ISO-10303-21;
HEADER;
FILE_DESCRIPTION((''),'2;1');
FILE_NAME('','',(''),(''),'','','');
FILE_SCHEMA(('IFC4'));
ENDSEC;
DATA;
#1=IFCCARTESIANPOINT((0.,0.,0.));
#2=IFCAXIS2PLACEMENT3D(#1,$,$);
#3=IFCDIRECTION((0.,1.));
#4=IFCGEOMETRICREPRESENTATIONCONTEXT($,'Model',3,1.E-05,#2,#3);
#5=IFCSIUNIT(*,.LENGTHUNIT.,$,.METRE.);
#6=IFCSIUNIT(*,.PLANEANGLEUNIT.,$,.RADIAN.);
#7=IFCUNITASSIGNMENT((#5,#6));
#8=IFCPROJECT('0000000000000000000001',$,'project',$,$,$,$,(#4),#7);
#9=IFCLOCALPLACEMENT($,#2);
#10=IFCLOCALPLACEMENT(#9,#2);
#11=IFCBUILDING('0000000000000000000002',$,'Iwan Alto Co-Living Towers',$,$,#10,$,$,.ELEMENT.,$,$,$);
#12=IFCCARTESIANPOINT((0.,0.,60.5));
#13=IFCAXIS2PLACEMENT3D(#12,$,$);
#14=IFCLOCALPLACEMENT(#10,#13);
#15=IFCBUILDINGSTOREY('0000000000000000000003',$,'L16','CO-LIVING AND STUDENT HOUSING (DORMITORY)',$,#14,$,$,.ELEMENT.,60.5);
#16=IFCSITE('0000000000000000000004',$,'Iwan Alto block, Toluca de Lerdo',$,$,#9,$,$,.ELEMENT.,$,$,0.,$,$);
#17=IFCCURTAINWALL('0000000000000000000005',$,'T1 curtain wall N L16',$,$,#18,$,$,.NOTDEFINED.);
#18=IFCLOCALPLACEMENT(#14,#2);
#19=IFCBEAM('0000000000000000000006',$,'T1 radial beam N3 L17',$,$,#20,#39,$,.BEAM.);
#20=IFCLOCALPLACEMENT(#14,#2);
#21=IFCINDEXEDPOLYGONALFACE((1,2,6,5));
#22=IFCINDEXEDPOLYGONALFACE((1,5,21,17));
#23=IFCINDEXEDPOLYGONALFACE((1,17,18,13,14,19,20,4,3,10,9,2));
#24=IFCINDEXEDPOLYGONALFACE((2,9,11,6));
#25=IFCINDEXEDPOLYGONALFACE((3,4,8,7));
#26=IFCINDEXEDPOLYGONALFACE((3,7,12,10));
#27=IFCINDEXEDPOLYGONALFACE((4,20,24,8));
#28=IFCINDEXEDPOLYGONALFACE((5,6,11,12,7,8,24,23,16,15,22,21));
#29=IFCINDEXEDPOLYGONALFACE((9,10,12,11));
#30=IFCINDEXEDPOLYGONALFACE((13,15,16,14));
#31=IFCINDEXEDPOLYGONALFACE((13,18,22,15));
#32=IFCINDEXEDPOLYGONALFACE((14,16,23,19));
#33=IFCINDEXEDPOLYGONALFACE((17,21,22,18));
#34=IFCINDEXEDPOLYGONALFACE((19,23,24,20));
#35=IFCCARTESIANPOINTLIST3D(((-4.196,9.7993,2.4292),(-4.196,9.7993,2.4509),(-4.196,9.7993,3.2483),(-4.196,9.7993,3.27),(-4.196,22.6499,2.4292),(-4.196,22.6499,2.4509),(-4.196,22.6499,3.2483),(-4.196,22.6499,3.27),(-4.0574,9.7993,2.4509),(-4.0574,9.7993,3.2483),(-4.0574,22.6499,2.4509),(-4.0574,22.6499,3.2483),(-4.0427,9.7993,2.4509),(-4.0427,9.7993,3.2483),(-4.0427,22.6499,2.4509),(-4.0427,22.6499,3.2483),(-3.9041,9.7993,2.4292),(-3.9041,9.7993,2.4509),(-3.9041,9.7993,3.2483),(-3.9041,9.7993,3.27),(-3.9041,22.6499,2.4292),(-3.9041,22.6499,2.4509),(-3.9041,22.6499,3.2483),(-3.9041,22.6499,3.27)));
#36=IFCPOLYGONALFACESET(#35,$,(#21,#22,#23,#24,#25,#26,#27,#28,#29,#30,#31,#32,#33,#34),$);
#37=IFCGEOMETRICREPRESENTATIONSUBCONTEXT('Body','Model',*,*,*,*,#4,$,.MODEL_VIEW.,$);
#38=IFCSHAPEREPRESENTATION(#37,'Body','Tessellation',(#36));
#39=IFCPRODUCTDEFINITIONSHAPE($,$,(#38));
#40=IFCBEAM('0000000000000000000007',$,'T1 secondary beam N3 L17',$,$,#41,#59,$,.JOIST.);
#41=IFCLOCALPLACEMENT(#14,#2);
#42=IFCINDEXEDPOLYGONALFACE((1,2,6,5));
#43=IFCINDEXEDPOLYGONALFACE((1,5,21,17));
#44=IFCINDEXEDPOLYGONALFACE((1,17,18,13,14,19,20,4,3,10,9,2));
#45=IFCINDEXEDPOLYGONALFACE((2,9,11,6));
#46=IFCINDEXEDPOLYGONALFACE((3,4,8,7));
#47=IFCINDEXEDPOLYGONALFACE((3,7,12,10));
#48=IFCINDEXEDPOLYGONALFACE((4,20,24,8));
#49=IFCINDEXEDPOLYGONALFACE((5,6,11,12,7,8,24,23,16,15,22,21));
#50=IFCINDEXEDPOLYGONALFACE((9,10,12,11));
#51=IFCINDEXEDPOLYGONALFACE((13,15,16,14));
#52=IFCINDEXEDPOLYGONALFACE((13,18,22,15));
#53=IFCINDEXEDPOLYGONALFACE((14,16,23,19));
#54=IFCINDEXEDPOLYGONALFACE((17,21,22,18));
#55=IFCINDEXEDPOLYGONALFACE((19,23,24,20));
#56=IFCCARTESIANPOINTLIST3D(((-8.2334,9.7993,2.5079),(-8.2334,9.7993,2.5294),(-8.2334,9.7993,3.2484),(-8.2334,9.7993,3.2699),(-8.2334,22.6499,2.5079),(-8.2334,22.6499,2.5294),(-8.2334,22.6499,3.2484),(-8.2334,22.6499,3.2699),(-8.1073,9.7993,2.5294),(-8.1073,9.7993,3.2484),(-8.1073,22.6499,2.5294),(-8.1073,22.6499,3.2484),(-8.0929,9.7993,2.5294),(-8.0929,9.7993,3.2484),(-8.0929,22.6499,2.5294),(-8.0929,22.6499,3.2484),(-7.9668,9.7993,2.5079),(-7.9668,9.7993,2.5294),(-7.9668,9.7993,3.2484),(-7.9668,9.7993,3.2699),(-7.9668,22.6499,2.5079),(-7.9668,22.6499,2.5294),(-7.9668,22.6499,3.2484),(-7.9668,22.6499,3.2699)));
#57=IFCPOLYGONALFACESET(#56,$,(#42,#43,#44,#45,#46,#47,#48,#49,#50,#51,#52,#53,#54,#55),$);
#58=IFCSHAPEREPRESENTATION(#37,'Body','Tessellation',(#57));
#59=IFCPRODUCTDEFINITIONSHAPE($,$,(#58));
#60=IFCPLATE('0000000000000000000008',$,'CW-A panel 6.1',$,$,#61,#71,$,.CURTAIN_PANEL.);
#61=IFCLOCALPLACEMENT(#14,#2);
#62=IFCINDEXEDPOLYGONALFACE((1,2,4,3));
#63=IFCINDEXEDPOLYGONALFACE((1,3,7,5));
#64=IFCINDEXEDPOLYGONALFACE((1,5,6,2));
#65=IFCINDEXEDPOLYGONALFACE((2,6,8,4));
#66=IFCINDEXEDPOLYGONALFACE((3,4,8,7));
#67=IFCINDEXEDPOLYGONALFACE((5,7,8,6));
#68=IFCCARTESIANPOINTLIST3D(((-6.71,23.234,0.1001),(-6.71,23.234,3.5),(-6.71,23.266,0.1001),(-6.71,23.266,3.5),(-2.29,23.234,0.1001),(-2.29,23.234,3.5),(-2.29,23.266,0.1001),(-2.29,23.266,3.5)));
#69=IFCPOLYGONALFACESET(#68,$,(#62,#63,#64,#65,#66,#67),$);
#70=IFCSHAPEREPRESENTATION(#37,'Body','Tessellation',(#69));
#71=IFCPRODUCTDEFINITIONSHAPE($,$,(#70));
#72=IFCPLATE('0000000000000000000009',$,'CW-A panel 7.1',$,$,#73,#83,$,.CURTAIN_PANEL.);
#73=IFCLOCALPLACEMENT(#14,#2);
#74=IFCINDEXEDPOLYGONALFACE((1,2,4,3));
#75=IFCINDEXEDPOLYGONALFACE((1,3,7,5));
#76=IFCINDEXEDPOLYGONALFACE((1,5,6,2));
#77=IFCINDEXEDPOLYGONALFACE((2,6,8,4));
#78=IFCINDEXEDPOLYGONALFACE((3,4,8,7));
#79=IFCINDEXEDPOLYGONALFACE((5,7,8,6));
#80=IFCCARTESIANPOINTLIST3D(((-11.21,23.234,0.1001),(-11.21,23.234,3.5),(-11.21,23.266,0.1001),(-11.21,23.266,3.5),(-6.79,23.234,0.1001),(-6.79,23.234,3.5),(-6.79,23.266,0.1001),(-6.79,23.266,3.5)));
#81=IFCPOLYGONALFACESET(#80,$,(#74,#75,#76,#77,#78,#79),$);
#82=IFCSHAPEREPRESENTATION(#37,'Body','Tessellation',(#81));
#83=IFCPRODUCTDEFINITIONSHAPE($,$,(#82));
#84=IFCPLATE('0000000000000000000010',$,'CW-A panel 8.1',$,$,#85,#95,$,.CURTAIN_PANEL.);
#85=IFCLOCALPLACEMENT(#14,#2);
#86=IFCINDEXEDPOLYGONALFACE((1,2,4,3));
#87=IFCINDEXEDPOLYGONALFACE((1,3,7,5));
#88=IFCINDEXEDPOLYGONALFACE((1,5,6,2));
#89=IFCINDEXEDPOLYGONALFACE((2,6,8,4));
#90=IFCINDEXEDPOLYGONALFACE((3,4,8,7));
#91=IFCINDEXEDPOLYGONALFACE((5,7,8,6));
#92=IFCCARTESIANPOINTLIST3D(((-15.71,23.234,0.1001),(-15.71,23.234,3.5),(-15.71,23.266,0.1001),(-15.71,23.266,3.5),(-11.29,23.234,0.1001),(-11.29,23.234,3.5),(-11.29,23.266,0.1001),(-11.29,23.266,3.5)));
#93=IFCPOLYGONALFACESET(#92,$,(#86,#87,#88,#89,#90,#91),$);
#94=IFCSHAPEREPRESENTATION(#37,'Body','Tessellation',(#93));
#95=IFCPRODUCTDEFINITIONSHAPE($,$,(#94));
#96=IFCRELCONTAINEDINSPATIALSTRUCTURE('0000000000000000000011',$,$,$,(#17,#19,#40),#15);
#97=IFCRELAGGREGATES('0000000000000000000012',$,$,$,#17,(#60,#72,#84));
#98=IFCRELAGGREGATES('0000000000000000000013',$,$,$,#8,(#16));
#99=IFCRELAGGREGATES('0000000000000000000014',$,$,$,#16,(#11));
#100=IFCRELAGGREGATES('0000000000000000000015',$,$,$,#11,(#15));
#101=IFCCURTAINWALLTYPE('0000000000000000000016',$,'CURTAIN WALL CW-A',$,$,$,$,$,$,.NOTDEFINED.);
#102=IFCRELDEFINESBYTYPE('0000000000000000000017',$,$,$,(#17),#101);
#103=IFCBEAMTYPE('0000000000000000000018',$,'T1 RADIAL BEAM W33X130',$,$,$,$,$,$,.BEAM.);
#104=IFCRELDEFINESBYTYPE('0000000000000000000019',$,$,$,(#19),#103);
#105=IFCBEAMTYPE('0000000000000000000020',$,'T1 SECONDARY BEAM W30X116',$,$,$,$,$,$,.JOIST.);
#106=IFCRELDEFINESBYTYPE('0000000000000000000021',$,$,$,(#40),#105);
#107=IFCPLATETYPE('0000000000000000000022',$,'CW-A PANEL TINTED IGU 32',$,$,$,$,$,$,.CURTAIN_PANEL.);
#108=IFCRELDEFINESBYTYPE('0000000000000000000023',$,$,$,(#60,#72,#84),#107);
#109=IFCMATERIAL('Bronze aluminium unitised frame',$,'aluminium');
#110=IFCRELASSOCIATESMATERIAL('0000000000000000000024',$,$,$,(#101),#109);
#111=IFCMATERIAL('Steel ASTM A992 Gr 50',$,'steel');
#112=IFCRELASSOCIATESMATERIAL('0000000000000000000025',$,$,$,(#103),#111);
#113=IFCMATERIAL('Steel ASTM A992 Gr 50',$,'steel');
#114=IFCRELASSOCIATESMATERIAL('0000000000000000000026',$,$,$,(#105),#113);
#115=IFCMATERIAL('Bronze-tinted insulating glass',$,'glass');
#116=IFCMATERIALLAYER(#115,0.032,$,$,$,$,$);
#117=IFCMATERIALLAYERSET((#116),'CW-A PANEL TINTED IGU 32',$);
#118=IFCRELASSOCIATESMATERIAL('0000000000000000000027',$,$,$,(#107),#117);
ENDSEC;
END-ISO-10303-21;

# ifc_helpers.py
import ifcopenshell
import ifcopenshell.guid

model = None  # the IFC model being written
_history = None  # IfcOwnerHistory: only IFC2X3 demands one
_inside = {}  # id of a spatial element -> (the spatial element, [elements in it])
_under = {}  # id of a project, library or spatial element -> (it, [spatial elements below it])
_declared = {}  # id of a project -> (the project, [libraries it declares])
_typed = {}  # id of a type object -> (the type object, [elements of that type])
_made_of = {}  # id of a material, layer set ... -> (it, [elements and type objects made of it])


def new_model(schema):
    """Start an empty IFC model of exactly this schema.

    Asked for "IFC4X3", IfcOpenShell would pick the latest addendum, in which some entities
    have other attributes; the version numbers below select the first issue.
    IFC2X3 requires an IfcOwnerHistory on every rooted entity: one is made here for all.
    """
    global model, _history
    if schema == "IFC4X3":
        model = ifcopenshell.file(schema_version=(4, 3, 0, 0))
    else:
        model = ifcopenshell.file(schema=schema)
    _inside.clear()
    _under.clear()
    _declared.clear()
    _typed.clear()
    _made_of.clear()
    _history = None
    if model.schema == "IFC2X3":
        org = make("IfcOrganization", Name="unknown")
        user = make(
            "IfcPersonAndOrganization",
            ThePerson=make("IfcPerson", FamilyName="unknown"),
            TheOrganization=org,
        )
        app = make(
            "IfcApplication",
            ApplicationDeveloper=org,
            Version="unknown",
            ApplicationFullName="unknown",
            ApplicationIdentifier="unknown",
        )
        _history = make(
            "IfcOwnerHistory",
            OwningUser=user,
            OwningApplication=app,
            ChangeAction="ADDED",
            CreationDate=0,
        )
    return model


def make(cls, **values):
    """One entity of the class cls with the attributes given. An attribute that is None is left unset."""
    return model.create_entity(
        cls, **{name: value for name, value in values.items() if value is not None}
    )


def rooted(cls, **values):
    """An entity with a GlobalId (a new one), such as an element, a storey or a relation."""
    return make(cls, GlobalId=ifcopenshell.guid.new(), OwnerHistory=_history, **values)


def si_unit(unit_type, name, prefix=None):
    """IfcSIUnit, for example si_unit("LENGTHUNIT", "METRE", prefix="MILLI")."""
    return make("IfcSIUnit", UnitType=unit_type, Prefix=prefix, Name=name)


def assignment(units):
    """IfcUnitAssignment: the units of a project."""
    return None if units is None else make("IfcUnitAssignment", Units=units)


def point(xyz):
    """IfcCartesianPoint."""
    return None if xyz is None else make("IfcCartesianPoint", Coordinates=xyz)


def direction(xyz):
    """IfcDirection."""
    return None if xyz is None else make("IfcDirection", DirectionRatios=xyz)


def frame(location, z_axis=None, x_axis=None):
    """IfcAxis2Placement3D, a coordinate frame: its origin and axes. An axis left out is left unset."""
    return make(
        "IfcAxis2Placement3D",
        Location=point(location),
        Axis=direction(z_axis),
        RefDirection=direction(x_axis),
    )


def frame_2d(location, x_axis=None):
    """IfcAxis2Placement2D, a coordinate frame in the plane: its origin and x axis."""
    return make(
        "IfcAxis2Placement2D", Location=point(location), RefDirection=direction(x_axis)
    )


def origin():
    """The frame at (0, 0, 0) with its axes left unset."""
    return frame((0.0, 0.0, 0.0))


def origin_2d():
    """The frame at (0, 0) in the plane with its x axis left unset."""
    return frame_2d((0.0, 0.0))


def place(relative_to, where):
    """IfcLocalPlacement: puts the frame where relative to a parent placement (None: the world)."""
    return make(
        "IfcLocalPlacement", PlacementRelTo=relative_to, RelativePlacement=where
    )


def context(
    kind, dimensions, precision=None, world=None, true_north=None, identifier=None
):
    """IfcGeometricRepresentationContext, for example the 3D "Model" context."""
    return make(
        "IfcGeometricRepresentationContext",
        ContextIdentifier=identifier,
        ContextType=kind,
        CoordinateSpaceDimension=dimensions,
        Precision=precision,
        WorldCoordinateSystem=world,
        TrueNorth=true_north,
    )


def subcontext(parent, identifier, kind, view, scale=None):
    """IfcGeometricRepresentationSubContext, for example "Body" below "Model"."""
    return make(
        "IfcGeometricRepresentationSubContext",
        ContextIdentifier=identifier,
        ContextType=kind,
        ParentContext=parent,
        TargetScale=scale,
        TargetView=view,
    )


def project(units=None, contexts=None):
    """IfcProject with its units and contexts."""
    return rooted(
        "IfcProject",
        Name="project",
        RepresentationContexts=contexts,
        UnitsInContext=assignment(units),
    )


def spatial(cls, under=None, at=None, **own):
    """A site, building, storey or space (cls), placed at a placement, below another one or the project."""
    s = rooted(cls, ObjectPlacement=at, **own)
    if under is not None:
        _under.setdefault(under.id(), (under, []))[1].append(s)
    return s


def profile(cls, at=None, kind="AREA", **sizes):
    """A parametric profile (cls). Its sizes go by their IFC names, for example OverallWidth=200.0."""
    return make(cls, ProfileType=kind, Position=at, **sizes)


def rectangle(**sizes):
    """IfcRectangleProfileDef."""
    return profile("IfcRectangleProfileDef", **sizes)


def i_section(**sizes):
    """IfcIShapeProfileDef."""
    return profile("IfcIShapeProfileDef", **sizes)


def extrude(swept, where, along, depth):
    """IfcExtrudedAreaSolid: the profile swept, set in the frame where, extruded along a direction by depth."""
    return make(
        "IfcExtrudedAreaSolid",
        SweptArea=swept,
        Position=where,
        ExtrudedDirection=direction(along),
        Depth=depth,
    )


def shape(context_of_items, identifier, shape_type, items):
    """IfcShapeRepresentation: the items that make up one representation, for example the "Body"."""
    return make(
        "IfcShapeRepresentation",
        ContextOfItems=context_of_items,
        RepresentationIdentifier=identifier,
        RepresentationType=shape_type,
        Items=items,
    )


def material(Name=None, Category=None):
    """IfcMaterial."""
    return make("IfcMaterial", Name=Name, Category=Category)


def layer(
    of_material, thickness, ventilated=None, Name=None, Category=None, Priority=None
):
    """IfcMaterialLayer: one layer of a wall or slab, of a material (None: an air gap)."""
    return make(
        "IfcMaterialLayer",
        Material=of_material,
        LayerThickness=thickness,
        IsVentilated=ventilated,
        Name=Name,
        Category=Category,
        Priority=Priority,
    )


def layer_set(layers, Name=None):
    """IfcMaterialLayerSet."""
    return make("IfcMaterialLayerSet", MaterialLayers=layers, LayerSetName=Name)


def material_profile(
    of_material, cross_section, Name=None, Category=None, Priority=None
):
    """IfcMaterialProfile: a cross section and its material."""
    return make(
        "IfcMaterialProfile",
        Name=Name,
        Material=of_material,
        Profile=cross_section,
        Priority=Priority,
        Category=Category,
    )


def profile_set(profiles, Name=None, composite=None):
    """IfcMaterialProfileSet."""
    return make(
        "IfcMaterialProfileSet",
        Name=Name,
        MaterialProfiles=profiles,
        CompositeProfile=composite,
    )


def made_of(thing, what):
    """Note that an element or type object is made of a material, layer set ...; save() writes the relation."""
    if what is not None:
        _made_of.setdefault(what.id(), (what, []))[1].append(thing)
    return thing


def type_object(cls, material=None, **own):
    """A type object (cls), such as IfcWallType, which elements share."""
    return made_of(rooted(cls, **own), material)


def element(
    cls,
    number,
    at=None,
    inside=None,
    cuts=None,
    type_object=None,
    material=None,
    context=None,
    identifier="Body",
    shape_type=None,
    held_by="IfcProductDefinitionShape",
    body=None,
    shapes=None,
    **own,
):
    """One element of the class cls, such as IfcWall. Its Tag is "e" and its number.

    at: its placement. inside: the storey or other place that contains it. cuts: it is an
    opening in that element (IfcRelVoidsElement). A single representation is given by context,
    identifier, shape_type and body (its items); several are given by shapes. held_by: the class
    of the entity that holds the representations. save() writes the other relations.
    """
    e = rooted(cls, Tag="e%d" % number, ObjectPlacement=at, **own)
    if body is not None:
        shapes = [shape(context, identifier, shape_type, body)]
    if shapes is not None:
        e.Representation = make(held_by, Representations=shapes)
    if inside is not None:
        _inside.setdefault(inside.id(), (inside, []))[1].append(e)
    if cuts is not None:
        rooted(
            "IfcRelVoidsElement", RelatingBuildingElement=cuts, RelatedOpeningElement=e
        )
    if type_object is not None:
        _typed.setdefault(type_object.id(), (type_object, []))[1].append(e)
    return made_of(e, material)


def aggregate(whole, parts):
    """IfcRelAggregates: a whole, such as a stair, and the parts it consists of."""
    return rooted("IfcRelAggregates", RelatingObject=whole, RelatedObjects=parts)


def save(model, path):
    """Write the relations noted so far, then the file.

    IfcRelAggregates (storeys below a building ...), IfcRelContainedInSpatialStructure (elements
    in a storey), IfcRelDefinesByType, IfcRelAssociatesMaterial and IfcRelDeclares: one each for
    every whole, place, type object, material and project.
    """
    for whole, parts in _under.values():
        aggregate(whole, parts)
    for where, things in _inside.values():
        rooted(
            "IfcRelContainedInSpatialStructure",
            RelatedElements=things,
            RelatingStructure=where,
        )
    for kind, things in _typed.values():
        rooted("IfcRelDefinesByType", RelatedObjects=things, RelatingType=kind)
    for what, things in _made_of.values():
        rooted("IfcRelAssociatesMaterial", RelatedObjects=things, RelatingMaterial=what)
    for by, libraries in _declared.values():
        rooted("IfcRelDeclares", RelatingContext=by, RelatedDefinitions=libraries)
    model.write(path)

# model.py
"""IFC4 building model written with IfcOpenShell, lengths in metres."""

from ifc_helpers import new_model, si_unit, direction, frame, origin, origin_2d, place, context, subcontext, project, spatial, rectangle, i_section, extrude, material, layer, layer_set, material_profile, profile_set, type_object, element, aggregate, save


model = new_model("IFC4")

# Units and contexts
model_context = context("Model", 3, precision=1e-05, world=origin(), true_north=direction((0.0, 1.0)))
body_context = subcontext(model_context, "Body", "Model", "MODEL_VIEW")
ifc_project = project(units=[si_unit("LENGTHUNIT", "METRE"), si_unit("PLANEANGLEUNIT", "RADIAN")], contexts=[model_context])

# Site, building, storey
site_placement = place(None, origin())
site = spatial("IfcSite", under=ifc_project, at=site_placement, Name="Iwan Alto block, Toluca de Lerdo", CompositionType="ELEMENT", RefElevation=0.0)
building_placement = place(site_placement, origin())
building = spatial("IfcBuilding", under=site, at=building_placement, Name="Iwan Alto Co-Living Towers", CompositionType="ELEMENT")
storey_placement = place(building_placement, frame((0.0, 0.0, 60.5)))
storey = spatial("IfcBuildingStorey", under=building, at=storey_placement, Name="L16", Description="CO-LIVING AND STUDENT HOUSING (DORMITORY)", CompositionType="ELEMENT", Elevation=60.5)

# Curtain wall
ifc_material_1 = material(Name="Bronze aluminium unitised frame", Category="aluminium")
curtain_wall_type = type_object("IfcCurtainWallType", Name="CURTAIN WALL CW-A", PredefinedType="NOTDEFINED", material=ifc_material_1)
curtain_wall_placement = place(storey_placement, origin())
curtain_wall = element("IfcCurtainWall", 1, at=curtain_wall_placement, inside=storey, type_object=curtain_wall_type, Name="T1 curtain wall N L16", PredefinedType="NOTDEFINED")

# Beams
ifc_material_2 = material(Name="Steel ASTM A992 Gr 50", Category="steel")
ifc_material_profile_1 = material_profile(ifc_material_2, i_section(OverallWidth=0.292, OverallDepth=0.8408, WebThickness=0.0146, FlangeThickness=0.0217, at=origin_2d()), Name="W33X130")
ifc_profile_set_1 = profile_set([ifc_material_profile_1], Name="Steel ASTM A992 Gr 50")
beam_type_1 = type_object("IfcBeamType", Name="T1 RADIAL BEAM W33X130", PredefinedType="BEAM", material=ifc_profile_set_1)
beam_1_placement = place(storey_placement, frame((-4.05, 22.6499, 2.8496), z_axis=(0.0, -1.0, 0.0), x_axis=(1.0, 0.0, 0.0)))
element("IfcBeam", 2, at=beam_1_placement, inside=storey, type_object=beam_type_1, Name="T1 radial beam N3 L17", PredefinedType="BEAM", context=body_context, shape_type="SweptSolid", body=[
    extrude(i_section(OverallWidth=0.292, OverallDepth=0.8408, WebThickness=0.0146, FlangeThickness=0.0217, at=origin_2d()), origin(), (0.0, 0.0, 1.0), 12.8506),
])
ifc_material_3 = material(Name="Steel ASTM A992 Gr 50", Category="steel")
ifc_material_profile_2 = material_profile(ifc_material_3, i_section(OverallWidth=0.2666, OverallDepth=0.762, WebThickness=0.0144, FlangeThickness=0.0215, at=origin_2d()), Name="W30X116")
ifc_profile_set_2 = profile_set([ifc_material_profile_2], Name="Steel ASTM A992 Gr 50")
beam_type_2 = type_object("IfcBeamType", Name="T1 SECONDARY BEAM W30X116", PredefinedType="JOIST", material=ifc_profile_set_2)
beam_2_placement = place(storey_placement, frame((-8.1001, 22.6499, 2.8889), z_axis=(0.0, -1.0, 0.0), x_axis=(1.0, 0.0, 0.0)))
element("IfcBeam", 3, at=beam_2_placement, inside=storey, type_object=beam_type_2, Name="T1 secondary beam N3 L17", PredefinedType="JOIST", context=body_context, shape_type="SweptSolid", body=[
    extrude(i_section(OverallWidth=0.2666, OverallDepth=0.762, WebThickness=0.0144, FlangeThickness=0.0215, at=origin_2d()), origin(), (0.0, 0.0, 1.0), 12.8506),
])

# Plates
ifc_material_4 = material(Name="Bronze-tinted insulating glass", Category="glass")
ifc_layer_1 = layer(ifc_material_4, 0.032)
ifc_layer_set_1 = layer_set([ifc_layer_1], Name="CW-A PANEL TINTED IGU 32")
plate_type = type_object("IfcPlateType", Name="CW-A PANEL TINTED IGU 32", PredefinedType="CURTAIN_PANEL", material=ifc_layer_set_1)
plate_1_placement = place(storey_placement, frame((-4.5, 23.25, 0.1001), z_axis=(0.0, 0.0, 1.0), x_axis=(-1.0, 0.0, 0.0)))
plate_1 = element("IfcPlate", 4, at=plate_1_placement, type_object=plate_type, Name="CW-A panel 6.1", PredefinedType="CURTAIN_PANEL", context=body_context, shape_type="SweptSolid", body=[
    extrude(rectangle(XDim=4.4199, YDim=0.032, at=origin_2d()), origin(), (0.0, 0.0, 1.0), 3.3999),
])
plate_2_placement = place(storey_placement, frame((-9.0, 23.25, 0.1001), z_axis=(0.0, 0.0, 1.0), x_axis=(-1.0, 0.0, 0.0)))
plate_2 = element("IfcPlate", 5, at=plate_2_placement, type_object=plate_type, Name="CW-A panel 7.1", PredefinedType="CURTAIN_PANEL", context=body_context, shape_type="SweptSolid", body=[
    extrude(rectangle(XDim=4.4199, YDim=0.032, at=origin_2d()), origin(), (0.0, 0.0, 1.0), 3.3999),
])
plate_3_placement = place(storey_placement, frame((-13.5, 23.25, 0.1001), z_axis=(0.0, 0.0, 1.0), x_axis=(-1.0, 0.0, 0.0)))
plate_3 = element("IfcPlate", 6, at=plate_3_placement, type_object=plate_type, Name="CW-A panel 8.1", PredefinedType="CURTAIN_PANEL", context=body_context, shape_type="SweptSolid", body=[
    extrude(rectangle(XDim=4.4199, YDim=0.032, at=origin_2d()), origin(), (0.0, 0.0, 1.0), 3.3999),
])
aggregate(curtain_wall, [plate_1, plate_2, plate_3])

save(model, "model.ifc")
